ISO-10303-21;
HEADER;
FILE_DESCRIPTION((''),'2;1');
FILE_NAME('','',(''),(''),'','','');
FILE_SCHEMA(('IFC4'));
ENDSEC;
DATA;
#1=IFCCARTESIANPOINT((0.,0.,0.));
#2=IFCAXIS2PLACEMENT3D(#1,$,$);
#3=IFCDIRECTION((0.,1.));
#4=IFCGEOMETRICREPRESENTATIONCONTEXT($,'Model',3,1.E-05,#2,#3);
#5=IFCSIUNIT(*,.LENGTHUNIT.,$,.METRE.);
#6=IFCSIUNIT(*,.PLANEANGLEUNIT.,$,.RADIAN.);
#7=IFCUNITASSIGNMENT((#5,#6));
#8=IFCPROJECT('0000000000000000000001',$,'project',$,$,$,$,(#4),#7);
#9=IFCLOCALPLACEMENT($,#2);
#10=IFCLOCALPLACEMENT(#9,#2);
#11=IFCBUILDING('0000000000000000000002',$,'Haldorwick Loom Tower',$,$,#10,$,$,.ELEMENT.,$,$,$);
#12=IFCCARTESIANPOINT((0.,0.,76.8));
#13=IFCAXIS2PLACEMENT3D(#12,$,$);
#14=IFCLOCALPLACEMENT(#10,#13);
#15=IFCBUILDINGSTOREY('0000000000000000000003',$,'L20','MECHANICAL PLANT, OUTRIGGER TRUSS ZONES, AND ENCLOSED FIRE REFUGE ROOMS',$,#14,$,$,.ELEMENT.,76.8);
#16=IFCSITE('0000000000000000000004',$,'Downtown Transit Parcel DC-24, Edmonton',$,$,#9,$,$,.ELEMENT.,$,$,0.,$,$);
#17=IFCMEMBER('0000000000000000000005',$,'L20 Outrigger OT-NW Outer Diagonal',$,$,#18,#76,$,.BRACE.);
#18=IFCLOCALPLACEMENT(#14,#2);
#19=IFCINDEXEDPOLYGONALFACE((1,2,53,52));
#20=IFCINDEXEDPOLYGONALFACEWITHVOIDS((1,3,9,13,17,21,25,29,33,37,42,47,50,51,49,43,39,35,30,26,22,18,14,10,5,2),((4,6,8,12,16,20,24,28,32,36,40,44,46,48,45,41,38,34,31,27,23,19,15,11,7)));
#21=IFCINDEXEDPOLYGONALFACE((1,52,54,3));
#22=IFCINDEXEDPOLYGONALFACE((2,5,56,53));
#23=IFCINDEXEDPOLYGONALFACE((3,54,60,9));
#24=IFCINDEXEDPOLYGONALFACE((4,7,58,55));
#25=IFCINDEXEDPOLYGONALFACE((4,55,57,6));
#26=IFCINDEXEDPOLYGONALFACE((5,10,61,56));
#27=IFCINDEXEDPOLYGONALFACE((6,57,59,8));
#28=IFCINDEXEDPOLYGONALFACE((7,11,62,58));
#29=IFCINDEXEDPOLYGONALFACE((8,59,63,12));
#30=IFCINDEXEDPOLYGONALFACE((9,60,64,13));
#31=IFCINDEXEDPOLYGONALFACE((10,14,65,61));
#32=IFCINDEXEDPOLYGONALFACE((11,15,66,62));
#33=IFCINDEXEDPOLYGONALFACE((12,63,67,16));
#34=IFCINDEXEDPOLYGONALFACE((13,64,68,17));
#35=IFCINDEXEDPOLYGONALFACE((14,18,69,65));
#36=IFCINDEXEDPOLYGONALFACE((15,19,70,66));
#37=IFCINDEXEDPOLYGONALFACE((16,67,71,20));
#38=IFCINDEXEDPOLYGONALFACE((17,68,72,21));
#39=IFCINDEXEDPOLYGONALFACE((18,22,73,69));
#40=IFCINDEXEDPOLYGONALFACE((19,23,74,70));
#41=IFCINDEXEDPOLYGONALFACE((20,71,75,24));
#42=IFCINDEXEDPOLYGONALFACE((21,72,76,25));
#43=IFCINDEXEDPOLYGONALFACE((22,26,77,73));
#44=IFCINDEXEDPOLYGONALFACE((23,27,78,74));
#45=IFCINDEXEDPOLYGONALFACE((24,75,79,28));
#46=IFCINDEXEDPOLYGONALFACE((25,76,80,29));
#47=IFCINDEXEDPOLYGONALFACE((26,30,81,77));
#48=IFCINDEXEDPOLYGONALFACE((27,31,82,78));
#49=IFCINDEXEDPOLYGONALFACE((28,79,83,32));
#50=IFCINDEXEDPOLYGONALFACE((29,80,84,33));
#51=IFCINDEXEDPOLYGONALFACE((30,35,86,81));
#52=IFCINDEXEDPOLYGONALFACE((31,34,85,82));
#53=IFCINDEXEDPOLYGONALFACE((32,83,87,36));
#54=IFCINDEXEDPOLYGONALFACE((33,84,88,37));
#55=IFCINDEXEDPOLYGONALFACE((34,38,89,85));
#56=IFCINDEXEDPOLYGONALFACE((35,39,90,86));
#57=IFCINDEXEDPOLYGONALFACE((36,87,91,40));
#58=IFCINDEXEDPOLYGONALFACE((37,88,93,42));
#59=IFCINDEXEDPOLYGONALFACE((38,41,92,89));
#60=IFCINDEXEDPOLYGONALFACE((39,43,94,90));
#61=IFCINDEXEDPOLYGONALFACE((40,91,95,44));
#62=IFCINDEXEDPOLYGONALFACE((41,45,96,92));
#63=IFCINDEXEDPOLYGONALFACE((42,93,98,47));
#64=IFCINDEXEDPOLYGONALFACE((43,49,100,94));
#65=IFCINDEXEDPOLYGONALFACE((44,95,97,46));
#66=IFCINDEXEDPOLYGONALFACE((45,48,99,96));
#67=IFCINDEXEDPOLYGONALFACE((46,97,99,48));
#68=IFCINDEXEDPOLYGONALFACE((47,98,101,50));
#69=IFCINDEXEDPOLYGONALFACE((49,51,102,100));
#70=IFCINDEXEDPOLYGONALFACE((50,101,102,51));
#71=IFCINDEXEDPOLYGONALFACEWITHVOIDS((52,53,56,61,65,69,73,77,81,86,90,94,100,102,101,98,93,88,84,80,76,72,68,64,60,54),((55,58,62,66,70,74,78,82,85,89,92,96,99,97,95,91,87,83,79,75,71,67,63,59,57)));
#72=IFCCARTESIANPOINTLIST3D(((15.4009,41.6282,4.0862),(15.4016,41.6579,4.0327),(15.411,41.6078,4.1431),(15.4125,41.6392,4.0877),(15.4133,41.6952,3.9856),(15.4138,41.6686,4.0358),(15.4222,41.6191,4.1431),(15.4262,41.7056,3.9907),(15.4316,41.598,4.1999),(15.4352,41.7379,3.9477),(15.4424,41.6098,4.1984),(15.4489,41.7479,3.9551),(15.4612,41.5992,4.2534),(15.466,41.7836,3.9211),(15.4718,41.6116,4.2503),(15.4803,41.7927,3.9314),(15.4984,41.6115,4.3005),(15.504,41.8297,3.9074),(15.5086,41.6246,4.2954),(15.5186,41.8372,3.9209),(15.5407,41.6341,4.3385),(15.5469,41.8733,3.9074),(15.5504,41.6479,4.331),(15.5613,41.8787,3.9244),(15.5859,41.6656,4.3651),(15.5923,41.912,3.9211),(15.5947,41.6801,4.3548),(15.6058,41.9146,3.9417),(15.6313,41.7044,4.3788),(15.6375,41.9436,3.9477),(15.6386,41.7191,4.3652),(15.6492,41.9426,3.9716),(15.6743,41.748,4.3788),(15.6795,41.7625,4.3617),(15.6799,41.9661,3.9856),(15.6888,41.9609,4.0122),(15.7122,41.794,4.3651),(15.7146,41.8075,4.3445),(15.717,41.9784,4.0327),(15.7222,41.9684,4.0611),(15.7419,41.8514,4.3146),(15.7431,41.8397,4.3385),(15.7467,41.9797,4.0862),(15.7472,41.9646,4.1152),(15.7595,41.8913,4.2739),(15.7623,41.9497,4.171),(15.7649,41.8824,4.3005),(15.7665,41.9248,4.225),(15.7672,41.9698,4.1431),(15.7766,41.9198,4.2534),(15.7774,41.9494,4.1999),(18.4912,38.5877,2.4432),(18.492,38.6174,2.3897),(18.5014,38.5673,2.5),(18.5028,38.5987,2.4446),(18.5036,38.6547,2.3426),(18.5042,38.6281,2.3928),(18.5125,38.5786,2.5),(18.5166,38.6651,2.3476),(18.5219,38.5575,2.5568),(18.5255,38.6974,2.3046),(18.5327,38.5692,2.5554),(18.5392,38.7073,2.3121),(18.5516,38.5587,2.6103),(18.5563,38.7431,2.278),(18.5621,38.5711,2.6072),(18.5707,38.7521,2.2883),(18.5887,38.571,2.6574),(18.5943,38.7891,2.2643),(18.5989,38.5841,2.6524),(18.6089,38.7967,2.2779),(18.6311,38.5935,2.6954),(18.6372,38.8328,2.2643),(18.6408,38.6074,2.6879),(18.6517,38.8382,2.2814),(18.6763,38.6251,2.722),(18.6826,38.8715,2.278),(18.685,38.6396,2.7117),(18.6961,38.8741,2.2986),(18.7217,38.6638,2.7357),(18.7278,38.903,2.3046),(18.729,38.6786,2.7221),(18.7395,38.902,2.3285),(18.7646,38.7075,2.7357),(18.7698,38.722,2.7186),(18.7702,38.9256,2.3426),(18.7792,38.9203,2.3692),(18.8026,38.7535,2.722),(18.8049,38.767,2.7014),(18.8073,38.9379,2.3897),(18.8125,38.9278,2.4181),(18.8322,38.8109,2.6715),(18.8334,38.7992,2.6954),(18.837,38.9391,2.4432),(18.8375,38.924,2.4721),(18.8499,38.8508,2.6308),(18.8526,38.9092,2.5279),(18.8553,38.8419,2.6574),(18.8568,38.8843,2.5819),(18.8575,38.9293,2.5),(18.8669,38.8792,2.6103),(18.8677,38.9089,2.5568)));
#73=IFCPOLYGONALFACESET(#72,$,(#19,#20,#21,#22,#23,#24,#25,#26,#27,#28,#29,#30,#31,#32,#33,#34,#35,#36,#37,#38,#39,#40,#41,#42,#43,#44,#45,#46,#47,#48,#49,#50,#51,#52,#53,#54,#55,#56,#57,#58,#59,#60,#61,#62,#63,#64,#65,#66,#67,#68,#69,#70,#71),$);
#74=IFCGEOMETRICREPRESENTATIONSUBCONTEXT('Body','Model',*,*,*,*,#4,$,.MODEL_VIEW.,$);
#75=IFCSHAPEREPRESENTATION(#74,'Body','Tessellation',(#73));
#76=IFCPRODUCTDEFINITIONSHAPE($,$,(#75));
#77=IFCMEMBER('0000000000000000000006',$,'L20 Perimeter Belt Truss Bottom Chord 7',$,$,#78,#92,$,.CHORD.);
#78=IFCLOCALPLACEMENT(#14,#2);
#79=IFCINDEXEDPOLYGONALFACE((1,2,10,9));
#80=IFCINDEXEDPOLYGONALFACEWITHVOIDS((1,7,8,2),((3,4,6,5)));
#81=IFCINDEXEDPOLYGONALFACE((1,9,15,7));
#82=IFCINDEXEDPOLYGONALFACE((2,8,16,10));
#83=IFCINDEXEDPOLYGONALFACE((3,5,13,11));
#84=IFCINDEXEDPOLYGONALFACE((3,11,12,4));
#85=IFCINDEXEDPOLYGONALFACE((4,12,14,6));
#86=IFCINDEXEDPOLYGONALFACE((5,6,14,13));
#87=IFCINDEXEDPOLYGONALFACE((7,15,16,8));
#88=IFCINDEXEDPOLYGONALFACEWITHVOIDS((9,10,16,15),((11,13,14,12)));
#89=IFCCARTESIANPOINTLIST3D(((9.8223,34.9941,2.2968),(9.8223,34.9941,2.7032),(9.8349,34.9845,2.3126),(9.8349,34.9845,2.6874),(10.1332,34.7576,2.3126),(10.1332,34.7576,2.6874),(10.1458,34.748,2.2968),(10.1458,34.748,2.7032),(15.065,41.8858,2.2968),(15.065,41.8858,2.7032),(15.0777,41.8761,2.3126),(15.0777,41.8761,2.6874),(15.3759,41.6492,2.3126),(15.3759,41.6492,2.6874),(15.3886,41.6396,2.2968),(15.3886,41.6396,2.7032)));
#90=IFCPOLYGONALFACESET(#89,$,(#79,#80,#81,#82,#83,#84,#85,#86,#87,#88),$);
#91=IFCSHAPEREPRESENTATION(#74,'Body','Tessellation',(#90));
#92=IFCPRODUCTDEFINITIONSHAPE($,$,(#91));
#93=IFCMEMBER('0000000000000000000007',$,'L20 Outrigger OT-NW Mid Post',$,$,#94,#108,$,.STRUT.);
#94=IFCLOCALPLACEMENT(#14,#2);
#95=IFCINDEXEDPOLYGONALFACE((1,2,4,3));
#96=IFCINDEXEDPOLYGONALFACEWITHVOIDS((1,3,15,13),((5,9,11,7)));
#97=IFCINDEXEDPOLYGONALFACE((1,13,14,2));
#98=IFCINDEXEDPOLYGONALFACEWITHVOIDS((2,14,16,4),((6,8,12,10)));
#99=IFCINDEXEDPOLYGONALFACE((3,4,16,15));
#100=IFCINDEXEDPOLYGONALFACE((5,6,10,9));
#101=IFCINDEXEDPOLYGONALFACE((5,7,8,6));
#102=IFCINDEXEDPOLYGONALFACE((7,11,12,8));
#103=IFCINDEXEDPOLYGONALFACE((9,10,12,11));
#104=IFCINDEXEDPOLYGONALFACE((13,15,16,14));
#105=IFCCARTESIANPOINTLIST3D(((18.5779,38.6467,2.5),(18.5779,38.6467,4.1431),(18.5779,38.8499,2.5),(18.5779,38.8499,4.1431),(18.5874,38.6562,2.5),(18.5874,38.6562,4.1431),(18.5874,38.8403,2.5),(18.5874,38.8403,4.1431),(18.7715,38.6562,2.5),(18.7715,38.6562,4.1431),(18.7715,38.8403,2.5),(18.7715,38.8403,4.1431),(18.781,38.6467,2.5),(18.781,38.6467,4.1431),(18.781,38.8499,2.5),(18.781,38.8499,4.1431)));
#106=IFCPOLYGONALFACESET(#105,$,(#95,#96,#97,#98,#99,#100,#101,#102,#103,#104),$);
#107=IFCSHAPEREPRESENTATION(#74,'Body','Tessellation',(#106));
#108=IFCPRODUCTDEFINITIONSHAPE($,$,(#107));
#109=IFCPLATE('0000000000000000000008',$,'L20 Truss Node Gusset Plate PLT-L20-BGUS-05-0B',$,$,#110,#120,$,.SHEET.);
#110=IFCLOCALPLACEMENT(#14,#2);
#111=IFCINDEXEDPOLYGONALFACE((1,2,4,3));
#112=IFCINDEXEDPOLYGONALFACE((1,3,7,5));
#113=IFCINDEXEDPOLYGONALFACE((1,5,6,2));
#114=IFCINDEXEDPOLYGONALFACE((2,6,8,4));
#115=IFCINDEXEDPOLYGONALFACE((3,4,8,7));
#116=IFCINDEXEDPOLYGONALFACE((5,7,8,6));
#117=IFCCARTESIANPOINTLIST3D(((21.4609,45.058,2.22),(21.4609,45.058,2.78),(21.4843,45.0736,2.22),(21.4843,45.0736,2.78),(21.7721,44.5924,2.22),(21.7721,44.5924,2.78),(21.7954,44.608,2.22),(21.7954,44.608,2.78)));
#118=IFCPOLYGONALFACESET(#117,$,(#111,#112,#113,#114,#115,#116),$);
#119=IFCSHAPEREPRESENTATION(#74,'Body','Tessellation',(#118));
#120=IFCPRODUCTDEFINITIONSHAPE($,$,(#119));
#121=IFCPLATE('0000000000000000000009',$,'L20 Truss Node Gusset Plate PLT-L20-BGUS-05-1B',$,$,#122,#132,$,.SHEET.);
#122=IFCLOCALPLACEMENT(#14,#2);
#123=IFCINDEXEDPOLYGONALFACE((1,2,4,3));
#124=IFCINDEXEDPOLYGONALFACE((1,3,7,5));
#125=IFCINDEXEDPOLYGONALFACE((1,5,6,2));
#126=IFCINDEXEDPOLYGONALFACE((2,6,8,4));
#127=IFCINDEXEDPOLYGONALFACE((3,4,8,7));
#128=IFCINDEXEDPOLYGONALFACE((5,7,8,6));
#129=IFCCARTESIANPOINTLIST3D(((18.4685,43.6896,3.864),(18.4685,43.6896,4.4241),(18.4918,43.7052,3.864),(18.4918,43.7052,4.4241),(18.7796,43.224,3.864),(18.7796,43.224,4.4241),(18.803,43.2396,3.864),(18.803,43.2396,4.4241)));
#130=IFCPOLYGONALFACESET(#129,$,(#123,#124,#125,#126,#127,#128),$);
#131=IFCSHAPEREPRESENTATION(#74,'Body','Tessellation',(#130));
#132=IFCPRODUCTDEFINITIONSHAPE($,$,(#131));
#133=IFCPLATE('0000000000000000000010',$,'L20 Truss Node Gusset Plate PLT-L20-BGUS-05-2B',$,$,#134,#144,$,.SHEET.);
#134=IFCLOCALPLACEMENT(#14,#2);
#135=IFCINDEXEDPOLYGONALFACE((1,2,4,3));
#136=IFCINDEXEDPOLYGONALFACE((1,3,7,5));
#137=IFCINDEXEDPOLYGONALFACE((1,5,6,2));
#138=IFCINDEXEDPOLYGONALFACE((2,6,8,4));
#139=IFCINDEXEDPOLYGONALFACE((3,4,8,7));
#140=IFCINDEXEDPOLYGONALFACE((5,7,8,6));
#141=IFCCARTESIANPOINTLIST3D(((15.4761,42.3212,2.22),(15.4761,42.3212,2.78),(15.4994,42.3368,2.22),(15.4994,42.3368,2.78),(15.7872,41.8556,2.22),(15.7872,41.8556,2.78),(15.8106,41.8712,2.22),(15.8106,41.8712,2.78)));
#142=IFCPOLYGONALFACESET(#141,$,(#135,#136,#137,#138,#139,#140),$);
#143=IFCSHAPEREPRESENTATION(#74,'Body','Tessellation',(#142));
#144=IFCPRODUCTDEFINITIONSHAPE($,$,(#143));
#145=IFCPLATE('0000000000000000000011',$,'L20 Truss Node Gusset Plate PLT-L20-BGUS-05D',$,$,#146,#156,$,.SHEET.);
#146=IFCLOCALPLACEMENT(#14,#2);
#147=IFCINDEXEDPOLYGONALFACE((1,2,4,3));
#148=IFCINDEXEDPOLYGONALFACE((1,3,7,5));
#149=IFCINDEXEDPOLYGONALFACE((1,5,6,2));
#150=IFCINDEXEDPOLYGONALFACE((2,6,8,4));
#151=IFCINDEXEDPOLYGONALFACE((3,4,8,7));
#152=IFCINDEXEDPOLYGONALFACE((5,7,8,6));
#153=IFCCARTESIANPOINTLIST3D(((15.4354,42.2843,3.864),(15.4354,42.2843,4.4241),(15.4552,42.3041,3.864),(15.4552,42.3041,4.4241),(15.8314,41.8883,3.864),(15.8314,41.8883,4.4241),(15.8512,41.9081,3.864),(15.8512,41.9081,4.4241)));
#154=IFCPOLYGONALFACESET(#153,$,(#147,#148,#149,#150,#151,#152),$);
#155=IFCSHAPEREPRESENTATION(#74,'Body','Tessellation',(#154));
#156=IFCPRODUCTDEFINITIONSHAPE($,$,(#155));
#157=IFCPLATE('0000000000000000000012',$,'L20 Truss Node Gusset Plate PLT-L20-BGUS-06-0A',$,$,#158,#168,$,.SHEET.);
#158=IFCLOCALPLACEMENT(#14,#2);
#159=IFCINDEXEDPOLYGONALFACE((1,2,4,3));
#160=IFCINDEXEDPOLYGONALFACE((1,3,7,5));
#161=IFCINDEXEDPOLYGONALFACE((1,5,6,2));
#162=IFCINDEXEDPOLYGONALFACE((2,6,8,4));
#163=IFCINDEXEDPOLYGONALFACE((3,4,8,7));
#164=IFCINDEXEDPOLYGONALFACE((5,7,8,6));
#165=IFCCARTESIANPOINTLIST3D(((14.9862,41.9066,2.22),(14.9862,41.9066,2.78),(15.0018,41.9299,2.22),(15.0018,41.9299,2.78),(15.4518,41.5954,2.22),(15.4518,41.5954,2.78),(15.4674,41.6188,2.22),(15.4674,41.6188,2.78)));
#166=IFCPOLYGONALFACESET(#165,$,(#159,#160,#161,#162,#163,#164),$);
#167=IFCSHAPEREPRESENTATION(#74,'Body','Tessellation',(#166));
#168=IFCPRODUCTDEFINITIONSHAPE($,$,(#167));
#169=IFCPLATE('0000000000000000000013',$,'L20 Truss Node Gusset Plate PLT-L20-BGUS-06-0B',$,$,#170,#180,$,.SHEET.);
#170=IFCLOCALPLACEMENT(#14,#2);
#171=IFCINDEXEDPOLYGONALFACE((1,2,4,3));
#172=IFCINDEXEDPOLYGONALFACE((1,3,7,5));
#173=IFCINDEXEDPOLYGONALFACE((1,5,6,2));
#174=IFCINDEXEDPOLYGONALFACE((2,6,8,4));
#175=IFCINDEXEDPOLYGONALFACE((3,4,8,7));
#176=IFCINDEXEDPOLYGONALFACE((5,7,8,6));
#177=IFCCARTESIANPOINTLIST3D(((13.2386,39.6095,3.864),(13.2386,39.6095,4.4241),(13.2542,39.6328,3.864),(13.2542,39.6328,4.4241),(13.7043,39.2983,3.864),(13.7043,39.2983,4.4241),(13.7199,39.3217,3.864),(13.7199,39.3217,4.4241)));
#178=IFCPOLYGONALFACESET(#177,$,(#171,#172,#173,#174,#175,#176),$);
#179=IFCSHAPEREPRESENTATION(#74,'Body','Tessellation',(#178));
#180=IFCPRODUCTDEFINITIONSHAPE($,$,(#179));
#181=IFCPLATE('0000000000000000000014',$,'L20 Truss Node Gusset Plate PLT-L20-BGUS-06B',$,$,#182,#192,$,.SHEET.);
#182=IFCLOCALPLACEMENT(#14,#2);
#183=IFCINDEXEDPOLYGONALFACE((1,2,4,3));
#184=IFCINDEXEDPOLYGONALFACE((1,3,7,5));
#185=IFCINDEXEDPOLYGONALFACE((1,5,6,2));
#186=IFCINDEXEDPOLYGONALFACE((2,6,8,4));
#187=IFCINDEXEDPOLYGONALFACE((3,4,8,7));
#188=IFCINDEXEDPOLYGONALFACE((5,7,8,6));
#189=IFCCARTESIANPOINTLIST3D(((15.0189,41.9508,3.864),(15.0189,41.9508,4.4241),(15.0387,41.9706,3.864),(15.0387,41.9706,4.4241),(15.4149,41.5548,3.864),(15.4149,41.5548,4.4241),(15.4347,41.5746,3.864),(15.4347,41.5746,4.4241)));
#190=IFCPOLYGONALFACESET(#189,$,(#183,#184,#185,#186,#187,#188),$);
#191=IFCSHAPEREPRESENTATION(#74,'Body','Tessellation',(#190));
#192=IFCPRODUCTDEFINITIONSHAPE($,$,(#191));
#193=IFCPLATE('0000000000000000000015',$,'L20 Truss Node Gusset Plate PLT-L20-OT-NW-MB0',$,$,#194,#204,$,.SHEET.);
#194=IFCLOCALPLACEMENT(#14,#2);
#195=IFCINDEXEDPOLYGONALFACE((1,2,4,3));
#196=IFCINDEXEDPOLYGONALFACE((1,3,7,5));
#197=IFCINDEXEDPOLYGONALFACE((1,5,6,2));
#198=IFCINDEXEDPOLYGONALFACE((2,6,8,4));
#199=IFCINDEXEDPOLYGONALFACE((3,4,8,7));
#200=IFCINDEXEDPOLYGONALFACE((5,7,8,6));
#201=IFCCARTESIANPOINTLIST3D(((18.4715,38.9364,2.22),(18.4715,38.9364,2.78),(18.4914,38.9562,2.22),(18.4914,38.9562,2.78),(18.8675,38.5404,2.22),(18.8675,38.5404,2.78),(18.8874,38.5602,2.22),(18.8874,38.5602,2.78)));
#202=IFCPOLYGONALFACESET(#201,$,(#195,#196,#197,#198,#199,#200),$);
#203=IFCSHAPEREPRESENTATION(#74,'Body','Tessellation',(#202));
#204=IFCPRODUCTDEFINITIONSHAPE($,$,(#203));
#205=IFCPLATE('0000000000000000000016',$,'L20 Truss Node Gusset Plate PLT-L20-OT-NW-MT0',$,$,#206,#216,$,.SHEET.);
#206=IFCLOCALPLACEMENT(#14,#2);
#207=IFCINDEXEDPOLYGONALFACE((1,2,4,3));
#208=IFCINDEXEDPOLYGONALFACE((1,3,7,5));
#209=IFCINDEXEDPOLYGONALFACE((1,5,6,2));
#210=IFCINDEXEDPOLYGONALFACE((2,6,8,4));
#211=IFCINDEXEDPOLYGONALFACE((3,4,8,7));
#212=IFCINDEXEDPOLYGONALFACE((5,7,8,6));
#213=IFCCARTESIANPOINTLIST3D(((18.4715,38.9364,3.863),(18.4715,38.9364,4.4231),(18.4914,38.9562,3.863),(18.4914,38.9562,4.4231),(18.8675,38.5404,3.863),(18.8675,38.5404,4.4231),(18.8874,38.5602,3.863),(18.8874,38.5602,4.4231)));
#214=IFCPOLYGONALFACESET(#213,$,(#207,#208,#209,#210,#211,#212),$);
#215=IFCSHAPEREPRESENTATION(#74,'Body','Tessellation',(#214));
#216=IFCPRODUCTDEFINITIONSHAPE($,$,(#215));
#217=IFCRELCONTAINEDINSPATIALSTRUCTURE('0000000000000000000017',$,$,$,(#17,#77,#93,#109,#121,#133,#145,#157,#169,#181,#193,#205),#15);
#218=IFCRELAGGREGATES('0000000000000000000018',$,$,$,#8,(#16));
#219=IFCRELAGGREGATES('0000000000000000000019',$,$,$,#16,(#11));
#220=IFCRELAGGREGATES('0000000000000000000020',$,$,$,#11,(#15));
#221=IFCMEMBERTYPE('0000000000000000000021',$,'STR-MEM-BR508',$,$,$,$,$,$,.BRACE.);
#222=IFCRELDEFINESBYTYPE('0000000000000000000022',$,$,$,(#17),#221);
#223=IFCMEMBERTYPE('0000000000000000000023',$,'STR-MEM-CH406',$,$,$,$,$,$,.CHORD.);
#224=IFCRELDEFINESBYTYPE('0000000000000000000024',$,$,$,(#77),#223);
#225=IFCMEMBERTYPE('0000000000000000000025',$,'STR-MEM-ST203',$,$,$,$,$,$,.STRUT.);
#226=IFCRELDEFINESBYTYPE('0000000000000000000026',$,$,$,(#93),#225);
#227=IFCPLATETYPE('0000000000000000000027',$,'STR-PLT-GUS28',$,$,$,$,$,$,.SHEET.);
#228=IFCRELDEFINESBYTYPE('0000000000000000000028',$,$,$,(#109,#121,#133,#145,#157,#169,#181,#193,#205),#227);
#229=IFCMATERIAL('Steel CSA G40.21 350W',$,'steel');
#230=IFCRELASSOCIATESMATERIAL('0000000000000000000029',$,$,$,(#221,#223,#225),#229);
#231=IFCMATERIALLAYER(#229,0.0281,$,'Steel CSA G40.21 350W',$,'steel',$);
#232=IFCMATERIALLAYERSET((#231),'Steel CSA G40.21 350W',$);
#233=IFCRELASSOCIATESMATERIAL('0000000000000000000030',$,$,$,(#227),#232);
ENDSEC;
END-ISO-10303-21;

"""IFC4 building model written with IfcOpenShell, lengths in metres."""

from ifc_helpers import new_model, si_unit, direction, frame, origin, origin_2d, place, context, subcontext, project, spatial, rectangle, hollow_rectangle, hollow_circle, extrude, material, layer, layer_set, material_profile, profile_set, type_object, element, save


model = new_model("IFC4")

# Units and contexts
model_context = context("Model", 3, precision=1e-05, world=origin(), true_north=direction((0.0, 1.0)))
body_context = subcontext(model_context, "Body", "Model", "MODEL_VIEW")
ifc_project = project(units=[si_unit("LENGTHUNIT", "METRE"), si_unit("PLANEANGLEUNIT", "RADIAN")], contexts=[model_context])

# Site, building, storey
site_placement = place(None, origin())
site = spatial("IfcSite", under=ifc_project, at=site_placement, Name="Downtown Transit Parcel DC-24, Edmonton", CompositionType="ELEMENT", RefElevation=0.0)
building_placement = place(site_placement, origin())
building = spatial("IfcBuilding", under=site, at=building_placement, Name="Haldorwick Loom Tower", CompositionType="ELEMENT")
storey_placement = place(building_placement, frame((0.0, 0.0, 76.8)))
storey = spatial("IfcBuildingStorey", under=building, at=storey_placement, Name="L20", Description="MECHANICAL PLANT, OUTRIGGER TRUSS ZONES, AND ENCLOSED FIRE REFUGE ROOMS", CompositionType="ELEMENT", Elevation=76.8)

# Shared definitions
ifc_material_1 = material(Name="Steel CSA G40.21 350W", Category="steel")

# Members
ifc_material_profile_1 = material_profile(ifc_material_1, hollow_circle(Radius=0.2539, WallThickness=0.0159, at=origin_2d()), Name="HSS508X16", Category="steel")
ifc_profile_set_1 = profile_set([ifc_material_profile_1], Name="Steel CSA G40.21 350W")
member_type_1 = type_object("IfcMemberType", Name="STR-MEM-BR508", PredefinedType="BRACE", material=ifc_profile_set_1)
member_1_placement = place(storey_placement, frame((18.6794, 38.7483, 2.5), z_axis=(-0.666561, 0.655819, 0.354397), x_axis=(-0.701339, -0.712828, 0.0)))
element("IfcMember", 1, at=member_1_placement, inside=storey, type_object=member_type_1, Name="L20 Outrigger OT-NW Outer Diagonal", PredefinedType="BRACE", context=body_context, shape_type="SweptSolid", body=[
    extrude(hollow_circle(Radius=0.2539, WallThickness=0.0159, at=origin_2d()), origin(), (0.0, 0.0, 1.0), 4.6362),
])
ifc_material_profile_2 = material_profile(ifc_material_1, hollow_rectangle(XDim=0.4065, YDim=0.4065, WallThickness=0.0159, at=origin_2d()), Name="HSS406X406X16", Category="steel")
ifc_profile_set_2 = profile_set([ifc_material_profile_2], Name="Steel CSA G40.21 350W")
member_type_2 = type_object("IfcMemberType", Name="STR-MEM-CH406", PredefinedType="CHORD", material=ifc_profile_set_2)
member_2_placement = place(storey_placement, frame((15.2268, 41.7627, 2.5), z_axis=(-0.605454, -0.795881, 0.0), x_axis=(0.795881, -0.605454, 0.0)))
element("IfcMember", 2, at=member_2_placement, inside=storey, type_object=member_type_2, Name="L20 Perimeter Belt Truss Bottom Chord 7", PredefinedType="CHORD", context=body_context, shape_type="SweptSolid", body=[
    extrude(hollow_rectangle(XDim=0.4065, YDim=0.4065, WallThickness=0.0159, at=origin_2d()), origin(), (0.0, 0.0, 1.0), 8.6592),
])
ifc_material_profile_3 = material_profile(ifc_material_1, hollow_rectangle(XDim=0.2031, YDim=0.2031, WallThickness=0.0095, at=origin_2d()), Name="HSS203X203X10", Category="steel")
ifc_profile_set_3 = profile_set([ifc_material_profile_3], Name="Steel CSA G40.21 350W")
member_type_3 = type_object("IfcMemberType", Name="STR-MEM-ST203", PredefinedType="STRUT", material=ifc_profile_set_3)
member_3_placement = place(storey_placement, frame((18.6794, 38.7483, 2.5), z_axis=(0.0, 0.0, 1.0), x_axis=(1.0, 0.0, 0.0)))
element("IfcMember", 3, at=member_3_placement, inside=storey, type_object=member_type_3, Name="L20 Outrigger OT-NW Mid Post", PredefinedType="STRUT", context=body_context, shape_type="SweptSolid", body=[
    extrude(hollow_rectangle(XDim=0.2031, YDim=0.2031, WallThickness=0.0095, at=origin_2d()), origin(), (0.0, 0.0, 1.0), 1.6431),
])

# Plates
ifc_layer_1 = layer(ifc_material_1, 0.0281, Name="Steel CSA G40.21 350W", Category="steel")
ifc_layer_set_1 = layer_set([ifc_layer_1], Name="Steel CSA G40.21 350W")
plate_type = type_object("IfcPlateType", Name="STR-PLT-GUS28", PredefinedType="SHEET", material=ifc_layer_set_1)
for number, where, z_axis, x_axis, name in (
    (4, (21.6282, 44.833, 2.22), (0.0, 0.0, 1.0), (-0.55557, 0.83147, 0.0), "L20 Truss Node Gusset Plate PLT-L20-BGUS-05-0B"),
    (5, (18.6357, 43.4646, 3.864), (0.0, 0.0, 1.0), (-0.55557, 0.83147, 0.0), "L20 Truss Node Gusset Plate PLT-L20-BGUS-05-1B"),
    (6, (15.6433, 42.0962, 2.22), (0.0, 0.0, 1.0), (-0.55557, 0.83147, 0.0), "L20 Truss Node Gusset Plate PLT-L20-BGUS-05-2B"),
    (7, (15.6433, 42.0962, 3.864), (0.0, 0.0, 1.0), (-0.707107, 0.707107, 0.0), "L20 Truss Node Gusset Plate PLT-L20-BGUS-05D"),
    (8, (15.2268, 41.7627, 2.22), (0.0, 0.0, 1.0), (-0.83147, 0.55557, 0.0), "L20 Truss Node Gusset Plate PLT-L20-BGUS-06-0A"),
    (9, (13.4792, 39.4656, 3.864), (0.0, 0.0, 1.0), (-0.83147, 0.55557, 0.0), "L20 Truss Node Gusset Plate PLT-L20-BGUS-06-0B"),
    (10, (15.2268, 41.7627, 3.864), (0.0, 0.0, 1.0), (-0.707107, 0.707107, 0.0), "L20 Truss Node Gusset Plate PLT-L20-BGUS-06B"),
    (11, (18.6794, 38.7483, 2.22), (0.0, 0.0, 1.0), (-0.707107, 0.707107, 0.0), "L20 Truss Node Gusset Plate PLT-L20-OT-NW-MB0"),
    (12, (18.6794, 38.7483, 3.863), (0.0, 0.0, 1.0), (-0.707107, 0.707107, 0.0), "L20 Truss Node Gusset Plate PLT-L20-OT-NW-MT0"),
):
    element("IfcPlate", number, at=place(storey_placement, frame(where, z_axis=z_axis, x_axis=x_axis)), inside=storey, type_object=plate_type, Name=name, PredefinedType="SHEET", context=body_context, shape_type="SweptSolid", body=[
        extrude(rectangle(XDim=0.5601, YDim=0.0281, at=origin_2d()), origin(), (0.0, 0.0, 1.0), 0.5601),
    ])

save(model, "model.ifc")
